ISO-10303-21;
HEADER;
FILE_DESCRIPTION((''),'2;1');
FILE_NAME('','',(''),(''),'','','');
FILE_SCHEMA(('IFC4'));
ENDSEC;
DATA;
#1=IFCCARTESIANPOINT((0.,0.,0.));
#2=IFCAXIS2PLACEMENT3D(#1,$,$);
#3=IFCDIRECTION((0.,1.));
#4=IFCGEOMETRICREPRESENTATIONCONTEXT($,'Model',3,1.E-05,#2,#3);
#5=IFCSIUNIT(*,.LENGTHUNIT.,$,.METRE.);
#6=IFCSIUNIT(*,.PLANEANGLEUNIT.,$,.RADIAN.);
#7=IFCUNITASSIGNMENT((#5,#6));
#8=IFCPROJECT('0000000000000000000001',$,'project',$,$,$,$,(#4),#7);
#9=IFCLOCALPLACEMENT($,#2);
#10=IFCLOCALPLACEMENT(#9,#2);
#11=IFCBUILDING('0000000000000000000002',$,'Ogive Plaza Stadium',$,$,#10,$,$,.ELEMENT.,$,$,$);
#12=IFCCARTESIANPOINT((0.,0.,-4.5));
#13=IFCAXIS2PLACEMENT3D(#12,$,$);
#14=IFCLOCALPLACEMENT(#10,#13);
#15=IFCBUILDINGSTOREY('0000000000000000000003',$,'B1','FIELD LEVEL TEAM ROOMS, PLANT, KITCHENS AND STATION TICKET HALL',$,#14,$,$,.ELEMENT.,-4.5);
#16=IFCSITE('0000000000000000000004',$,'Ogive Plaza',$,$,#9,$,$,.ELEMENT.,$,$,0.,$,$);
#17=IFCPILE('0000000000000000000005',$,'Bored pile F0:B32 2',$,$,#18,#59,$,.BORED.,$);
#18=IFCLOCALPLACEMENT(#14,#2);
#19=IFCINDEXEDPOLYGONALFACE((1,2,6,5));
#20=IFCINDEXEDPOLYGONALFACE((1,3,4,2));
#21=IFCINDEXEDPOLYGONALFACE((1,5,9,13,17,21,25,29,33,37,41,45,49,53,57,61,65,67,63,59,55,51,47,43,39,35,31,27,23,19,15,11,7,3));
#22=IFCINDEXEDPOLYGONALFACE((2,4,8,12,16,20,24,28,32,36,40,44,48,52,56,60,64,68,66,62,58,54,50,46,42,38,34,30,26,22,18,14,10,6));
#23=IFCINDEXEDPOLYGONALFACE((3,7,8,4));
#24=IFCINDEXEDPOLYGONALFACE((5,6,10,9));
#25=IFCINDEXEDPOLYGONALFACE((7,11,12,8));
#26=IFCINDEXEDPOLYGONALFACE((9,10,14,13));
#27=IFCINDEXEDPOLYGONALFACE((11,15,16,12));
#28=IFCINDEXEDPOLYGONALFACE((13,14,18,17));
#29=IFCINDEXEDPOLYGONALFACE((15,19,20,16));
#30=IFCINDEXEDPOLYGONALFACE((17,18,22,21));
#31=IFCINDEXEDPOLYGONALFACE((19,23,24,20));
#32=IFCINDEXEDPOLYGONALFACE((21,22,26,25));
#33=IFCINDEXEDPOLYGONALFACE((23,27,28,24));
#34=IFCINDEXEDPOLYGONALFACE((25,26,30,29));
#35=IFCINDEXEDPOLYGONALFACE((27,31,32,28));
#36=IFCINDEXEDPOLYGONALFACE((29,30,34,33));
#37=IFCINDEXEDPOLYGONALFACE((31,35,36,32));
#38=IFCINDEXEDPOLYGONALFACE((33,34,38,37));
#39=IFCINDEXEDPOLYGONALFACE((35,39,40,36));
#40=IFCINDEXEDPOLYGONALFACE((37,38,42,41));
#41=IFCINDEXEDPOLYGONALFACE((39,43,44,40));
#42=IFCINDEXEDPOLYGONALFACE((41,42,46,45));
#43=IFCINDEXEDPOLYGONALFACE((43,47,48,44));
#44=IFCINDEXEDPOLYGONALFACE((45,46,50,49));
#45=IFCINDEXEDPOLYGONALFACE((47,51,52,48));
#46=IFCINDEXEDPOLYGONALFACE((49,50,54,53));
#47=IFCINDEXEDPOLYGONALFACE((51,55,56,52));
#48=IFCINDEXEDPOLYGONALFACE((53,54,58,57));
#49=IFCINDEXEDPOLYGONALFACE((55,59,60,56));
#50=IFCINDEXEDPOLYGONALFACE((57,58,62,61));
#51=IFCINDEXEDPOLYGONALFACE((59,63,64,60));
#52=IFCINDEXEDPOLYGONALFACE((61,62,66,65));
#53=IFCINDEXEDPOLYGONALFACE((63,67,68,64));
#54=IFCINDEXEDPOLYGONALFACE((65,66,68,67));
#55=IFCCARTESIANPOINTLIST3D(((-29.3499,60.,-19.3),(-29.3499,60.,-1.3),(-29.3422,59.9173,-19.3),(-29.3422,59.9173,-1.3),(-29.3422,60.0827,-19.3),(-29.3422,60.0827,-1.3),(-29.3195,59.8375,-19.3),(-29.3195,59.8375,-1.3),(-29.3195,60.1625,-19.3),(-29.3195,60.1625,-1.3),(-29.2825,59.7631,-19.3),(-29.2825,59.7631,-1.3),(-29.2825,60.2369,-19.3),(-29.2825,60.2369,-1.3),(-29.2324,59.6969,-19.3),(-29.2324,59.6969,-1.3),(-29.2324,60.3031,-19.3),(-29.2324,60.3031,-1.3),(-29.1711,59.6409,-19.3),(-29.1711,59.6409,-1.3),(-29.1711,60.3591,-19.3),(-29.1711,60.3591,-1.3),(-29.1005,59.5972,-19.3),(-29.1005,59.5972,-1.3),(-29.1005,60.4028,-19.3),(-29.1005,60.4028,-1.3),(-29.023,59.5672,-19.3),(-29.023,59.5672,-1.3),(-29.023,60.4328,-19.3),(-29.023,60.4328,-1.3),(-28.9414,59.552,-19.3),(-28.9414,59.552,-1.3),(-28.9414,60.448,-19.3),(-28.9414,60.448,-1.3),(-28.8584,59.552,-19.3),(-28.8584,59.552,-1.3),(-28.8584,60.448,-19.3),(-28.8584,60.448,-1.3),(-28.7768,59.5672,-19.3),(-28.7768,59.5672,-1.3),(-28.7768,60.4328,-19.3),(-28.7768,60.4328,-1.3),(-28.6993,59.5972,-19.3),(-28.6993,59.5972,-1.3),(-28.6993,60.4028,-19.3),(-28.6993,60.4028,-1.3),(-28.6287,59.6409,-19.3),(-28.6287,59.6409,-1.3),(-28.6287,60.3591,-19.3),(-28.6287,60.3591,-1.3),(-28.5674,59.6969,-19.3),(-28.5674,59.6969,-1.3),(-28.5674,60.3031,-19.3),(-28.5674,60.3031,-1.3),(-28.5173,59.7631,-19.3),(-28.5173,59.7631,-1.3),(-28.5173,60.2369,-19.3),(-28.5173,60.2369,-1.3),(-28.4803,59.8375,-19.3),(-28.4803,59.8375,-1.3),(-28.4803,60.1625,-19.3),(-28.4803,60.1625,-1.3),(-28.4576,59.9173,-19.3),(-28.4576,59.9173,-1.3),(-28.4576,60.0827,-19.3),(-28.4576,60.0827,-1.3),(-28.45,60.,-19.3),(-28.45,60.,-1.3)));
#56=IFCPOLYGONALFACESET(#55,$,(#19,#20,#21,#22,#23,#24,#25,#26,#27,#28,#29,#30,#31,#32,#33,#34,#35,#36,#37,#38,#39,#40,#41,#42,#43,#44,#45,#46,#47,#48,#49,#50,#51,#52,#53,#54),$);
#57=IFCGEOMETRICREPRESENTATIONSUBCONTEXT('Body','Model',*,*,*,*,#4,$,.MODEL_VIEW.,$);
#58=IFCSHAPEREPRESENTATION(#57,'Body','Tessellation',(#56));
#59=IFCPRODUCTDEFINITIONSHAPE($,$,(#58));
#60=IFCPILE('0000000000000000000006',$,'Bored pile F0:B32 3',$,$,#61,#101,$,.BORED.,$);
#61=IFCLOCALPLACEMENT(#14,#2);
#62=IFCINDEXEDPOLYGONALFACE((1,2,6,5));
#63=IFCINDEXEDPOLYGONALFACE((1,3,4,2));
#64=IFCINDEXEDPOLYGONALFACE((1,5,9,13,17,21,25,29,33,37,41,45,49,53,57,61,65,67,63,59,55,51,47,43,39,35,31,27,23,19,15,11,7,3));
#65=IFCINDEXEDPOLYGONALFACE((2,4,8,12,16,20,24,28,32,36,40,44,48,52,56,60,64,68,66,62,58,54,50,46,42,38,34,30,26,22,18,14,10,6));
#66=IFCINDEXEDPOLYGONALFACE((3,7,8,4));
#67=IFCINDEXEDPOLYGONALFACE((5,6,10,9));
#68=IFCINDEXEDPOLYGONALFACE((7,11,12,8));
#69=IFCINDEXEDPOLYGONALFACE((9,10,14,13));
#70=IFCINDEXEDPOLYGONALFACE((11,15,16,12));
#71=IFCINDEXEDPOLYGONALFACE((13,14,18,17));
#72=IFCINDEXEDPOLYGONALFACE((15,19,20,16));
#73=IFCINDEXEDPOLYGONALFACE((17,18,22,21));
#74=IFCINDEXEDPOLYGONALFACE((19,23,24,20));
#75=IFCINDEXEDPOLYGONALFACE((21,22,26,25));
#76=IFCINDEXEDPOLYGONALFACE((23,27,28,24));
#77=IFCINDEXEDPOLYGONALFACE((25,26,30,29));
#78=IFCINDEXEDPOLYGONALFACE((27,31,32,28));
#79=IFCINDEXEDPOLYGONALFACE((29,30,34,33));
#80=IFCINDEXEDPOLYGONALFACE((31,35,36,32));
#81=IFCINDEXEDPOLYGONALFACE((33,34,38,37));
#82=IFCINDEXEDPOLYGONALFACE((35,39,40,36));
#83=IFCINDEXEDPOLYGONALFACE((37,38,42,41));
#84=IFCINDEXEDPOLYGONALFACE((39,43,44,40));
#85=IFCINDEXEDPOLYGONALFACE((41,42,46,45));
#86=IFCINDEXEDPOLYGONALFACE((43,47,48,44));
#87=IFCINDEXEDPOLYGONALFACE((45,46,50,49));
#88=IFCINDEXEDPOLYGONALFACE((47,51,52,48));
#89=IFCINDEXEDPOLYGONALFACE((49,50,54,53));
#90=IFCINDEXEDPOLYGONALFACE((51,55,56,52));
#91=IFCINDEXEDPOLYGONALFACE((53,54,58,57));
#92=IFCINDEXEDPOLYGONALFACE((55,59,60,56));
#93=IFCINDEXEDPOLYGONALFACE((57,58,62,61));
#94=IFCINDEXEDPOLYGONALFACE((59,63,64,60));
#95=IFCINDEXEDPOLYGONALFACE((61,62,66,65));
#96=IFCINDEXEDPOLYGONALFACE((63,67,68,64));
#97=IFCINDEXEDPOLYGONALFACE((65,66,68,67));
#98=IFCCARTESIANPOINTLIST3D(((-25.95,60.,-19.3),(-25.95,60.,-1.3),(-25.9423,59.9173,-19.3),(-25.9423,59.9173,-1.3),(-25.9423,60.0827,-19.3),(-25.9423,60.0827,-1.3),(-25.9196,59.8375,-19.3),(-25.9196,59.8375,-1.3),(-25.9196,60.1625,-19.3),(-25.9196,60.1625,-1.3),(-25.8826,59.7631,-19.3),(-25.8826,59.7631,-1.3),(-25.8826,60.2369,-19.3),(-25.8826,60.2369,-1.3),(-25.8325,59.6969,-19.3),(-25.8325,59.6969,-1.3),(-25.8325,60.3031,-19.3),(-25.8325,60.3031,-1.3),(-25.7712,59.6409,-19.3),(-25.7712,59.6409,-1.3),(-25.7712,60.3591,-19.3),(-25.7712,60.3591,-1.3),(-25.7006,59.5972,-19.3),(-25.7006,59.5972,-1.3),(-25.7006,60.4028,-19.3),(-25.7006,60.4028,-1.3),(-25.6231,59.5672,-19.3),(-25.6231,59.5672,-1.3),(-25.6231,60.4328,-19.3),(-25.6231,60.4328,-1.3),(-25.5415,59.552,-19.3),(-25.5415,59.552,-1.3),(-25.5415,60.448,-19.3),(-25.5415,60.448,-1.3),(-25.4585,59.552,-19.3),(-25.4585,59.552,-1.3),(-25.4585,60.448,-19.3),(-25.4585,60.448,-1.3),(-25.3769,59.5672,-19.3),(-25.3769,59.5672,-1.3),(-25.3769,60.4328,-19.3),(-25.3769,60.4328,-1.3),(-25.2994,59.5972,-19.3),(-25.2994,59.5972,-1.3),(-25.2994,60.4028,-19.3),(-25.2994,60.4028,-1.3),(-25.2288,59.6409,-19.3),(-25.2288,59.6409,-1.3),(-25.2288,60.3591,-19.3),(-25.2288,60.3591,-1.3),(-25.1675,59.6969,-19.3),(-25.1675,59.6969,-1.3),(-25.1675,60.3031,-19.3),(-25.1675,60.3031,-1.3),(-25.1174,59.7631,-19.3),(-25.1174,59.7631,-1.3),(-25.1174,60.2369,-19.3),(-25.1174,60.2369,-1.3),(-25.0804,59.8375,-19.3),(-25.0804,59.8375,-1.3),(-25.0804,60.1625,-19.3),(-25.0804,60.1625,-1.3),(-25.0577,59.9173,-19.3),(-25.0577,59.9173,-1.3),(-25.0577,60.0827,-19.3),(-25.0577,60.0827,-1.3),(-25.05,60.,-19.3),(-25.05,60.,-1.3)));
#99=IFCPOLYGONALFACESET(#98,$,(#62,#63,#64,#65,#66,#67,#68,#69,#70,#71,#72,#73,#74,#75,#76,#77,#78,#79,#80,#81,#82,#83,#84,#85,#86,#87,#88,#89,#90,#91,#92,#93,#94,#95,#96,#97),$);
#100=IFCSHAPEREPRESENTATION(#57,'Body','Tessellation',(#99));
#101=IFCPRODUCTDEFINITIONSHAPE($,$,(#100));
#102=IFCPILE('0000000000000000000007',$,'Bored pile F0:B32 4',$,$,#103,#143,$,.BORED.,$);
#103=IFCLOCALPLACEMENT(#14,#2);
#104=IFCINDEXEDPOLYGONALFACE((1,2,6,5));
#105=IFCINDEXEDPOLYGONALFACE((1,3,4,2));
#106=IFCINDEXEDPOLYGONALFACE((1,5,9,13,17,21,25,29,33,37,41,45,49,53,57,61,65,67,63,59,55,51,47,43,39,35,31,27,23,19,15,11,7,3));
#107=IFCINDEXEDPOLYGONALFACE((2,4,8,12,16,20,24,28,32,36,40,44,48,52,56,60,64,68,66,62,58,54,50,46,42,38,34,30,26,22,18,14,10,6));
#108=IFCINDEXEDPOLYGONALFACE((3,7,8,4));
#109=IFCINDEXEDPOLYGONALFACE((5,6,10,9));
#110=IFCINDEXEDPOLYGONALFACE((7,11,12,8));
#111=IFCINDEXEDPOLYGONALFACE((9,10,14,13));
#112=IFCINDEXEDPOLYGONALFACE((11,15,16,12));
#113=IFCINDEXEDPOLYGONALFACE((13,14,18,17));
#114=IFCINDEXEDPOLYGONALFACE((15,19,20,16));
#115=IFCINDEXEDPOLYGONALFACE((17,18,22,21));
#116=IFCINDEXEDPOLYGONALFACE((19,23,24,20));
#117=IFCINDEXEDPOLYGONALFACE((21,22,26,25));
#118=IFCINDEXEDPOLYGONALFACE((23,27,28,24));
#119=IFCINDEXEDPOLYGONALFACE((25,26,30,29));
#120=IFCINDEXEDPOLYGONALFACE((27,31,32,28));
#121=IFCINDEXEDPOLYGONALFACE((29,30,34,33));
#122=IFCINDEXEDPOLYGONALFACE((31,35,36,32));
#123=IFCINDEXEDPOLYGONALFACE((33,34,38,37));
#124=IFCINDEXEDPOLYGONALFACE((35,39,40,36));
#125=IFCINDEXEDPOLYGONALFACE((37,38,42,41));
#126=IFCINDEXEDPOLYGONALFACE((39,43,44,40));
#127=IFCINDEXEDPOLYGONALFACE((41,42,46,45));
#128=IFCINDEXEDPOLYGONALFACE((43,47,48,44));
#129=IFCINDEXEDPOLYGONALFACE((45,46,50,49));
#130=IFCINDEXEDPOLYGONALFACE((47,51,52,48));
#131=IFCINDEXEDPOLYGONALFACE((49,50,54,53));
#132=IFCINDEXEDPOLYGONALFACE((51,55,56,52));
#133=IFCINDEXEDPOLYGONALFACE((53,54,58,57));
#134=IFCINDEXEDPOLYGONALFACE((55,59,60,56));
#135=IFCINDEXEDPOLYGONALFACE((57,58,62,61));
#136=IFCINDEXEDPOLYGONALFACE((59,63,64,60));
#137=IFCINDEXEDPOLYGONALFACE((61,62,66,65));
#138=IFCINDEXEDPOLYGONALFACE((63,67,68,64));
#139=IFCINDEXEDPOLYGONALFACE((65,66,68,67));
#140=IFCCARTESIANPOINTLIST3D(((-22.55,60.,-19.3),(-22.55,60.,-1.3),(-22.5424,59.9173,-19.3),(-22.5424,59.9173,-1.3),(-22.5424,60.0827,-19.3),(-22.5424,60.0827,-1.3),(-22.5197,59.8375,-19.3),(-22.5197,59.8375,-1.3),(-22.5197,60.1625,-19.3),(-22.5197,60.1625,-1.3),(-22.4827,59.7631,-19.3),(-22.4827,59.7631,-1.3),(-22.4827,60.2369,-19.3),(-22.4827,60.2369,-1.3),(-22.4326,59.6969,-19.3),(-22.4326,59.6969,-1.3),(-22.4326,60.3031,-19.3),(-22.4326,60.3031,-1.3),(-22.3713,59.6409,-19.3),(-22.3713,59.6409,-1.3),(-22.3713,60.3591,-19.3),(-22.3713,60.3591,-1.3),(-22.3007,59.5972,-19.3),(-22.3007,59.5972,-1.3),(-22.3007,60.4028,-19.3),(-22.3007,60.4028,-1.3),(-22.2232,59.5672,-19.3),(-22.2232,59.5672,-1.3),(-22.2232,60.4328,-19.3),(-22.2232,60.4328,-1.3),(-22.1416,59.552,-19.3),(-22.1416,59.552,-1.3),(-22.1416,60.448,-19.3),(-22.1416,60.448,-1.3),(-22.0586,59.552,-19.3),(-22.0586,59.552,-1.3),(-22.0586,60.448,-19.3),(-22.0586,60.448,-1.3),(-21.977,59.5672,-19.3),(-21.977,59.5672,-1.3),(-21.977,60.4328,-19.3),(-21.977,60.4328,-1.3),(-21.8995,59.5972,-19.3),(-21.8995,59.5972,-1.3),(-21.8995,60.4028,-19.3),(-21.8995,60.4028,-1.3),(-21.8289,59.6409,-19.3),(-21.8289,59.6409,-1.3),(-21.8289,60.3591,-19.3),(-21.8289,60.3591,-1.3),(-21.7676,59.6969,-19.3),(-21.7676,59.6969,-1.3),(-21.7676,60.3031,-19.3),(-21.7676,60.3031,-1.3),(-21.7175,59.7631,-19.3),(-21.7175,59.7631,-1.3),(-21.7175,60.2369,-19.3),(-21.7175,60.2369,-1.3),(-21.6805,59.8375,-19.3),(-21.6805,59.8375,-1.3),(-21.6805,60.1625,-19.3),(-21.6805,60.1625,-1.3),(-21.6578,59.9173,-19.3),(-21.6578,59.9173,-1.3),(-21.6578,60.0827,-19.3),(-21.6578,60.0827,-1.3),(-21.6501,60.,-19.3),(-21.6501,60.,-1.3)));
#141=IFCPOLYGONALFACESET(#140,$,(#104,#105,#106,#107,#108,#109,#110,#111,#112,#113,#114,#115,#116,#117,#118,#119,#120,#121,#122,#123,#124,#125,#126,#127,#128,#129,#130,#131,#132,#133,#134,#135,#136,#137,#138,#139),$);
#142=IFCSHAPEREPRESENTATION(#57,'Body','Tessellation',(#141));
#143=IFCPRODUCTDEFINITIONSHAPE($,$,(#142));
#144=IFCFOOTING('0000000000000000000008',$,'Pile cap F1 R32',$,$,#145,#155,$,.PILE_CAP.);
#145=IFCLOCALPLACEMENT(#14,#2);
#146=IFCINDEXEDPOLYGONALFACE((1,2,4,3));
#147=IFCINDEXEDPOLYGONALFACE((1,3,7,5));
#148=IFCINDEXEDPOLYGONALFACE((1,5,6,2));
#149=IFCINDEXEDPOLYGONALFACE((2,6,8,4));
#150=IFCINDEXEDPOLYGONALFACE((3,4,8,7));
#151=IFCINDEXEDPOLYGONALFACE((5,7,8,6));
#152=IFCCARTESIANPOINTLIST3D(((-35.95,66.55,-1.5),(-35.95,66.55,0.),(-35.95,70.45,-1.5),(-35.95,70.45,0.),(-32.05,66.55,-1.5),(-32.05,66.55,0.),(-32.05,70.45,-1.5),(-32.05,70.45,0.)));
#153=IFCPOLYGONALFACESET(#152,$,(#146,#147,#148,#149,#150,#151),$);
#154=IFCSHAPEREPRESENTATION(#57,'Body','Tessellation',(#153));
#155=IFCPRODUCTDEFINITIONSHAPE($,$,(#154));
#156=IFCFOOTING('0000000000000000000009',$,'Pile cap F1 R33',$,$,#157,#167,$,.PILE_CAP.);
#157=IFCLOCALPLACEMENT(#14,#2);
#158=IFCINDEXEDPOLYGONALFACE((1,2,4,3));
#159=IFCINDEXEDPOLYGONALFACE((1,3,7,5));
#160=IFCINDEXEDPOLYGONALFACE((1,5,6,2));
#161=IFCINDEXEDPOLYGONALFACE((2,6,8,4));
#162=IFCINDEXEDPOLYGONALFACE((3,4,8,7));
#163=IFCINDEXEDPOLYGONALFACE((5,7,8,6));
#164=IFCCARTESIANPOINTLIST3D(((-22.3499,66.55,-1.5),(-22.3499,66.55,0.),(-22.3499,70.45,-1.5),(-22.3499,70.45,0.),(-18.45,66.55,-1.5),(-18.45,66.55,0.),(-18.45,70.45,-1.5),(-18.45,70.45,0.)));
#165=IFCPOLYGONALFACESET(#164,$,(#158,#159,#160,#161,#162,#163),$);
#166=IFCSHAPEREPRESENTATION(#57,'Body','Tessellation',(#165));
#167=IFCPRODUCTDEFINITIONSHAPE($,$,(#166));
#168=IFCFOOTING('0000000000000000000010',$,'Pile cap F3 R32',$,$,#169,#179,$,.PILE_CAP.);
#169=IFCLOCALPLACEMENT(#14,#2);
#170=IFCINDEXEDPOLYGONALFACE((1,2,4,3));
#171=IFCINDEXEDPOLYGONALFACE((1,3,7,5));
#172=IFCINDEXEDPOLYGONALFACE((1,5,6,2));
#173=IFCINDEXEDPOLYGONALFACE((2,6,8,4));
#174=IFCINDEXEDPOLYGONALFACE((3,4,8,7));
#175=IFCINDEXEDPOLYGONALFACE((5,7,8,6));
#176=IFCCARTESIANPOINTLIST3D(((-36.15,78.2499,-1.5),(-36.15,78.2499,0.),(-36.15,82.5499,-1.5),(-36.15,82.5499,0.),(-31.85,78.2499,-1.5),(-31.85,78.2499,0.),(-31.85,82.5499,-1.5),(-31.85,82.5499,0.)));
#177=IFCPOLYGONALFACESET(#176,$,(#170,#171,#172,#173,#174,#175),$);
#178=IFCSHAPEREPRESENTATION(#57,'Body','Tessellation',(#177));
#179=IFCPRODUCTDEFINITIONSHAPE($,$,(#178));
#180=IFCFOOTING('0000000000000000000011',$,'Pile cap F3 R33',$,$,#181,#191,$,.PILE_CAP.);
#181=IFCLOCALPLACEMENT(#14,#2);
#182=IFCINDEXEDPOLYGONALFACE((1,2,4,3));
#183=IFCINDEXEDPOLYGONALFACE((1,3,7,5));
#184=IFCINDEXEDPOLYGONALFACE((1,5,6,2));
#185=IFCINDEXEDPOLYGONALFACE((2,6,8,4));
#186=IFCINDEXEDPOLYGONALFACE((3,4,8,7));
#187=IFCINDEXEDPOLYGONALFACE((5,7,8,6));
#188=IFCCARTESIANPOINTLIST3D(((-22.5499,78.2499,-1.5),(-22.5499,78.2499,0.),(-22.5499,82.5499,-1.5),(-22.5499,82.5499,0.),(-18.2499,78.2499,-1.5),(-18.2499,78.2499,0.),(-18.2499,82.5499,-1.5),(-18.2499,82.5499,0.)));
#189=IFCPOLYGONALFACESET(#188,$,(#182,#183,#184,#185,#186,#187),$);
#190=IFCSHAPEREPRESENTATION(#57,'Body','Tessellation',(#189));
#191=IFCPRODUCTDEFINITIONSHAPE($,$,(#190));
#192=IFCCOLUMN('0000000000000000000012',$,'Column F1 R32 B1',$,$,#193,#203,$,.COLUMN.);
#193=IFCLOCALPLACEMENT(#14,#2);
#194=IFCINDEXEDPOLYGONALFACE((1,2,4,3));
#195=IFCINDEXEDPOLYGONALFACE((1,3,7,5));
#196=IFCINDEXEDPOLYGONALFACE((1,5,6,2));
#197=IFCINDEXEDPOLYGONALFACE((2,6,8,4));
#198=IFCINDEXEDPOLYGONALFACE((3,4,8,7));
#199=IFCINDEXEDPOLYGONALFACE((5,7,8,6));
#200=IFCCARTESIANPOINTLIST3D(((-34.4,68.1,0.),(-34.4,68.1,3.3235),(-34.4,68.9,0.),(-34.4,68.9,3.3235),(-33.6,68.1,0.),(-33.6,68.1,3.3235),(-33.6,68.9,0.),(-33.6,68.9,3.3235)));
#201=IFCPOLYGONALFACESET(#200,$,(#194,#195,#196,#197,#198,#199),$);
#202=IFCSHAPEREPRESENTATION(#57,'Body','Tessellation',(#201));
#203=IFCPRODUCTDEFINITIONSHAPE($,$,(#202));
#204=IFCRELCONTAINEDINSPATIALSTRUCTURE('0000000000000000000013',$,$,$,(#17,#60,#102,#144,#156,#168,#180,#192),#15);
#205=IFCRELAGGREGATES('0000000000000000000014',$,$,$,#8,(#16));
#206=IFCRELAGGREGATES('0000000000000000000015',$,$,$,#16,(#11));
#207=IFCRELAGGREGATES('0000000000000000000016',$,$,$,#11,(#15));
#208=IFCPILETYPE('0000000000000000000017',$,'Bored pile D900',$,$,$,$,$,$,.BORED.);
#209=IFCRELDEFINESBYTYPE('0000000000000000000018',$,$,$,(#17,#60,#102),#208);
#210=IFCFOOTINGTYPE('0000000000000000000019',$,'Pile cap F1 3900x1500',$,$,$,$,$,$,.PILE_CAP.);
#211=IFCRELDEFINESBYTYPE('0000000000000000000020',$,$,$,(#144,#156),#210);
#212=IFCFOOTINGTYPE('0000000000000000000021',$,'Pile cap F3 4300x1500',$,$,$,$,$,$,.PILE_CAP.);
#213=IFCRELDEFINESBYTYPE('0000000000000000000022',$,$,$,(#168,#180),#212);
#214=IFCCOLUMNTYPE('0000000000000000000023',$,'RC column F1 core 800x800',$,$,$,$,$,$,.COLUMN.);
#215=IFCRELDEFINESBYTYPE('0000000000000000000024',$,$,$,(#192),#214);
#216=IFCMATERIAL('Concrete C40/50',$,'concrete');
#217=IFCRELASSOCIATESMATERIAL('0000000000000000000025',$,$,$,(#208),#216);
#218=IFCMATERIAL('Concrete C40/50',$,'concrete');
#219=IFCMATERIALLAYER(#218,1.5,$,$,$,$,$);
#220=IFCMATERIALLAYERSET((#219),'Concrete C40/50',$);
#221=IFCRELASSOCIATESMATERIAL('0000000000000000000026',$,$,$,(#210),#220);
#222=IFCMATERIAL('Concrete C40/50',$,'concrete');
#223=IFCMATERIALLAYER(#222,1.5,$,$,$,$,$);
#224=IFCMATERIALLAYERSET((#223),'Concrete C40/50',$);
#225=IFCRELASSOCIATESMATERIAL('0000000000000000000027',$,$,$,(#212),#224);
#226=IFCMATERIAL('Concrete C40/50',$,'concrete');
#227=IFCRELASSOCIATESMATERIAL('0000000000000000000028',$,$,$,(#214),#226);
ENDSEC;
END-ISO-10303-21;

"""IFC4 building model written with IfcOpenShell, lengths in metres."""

from ifc_helpers import new_model, si_unit, direction, frame, origin, origin_2d, place, context, subcontext, project, spatial, rectangle, circle, extrude, material, layer, layer_set, material_profile, profile_set, type_object, element, save


model = new_model("IFC4")

# Units and contexts
model_context = context("Model", 3, precision=1e-05, world=origin(), true_north=direction((0.0, 1.0)))
body_context = subcontext(model_context, "Body", "Model", "MODEL_VIEW")
ifc_project = project(units=[si_unit("LENGTHUNIT", "METRE"), si_unit("PLANEANGLEUNIT", "RADIAN")], contexts=[model_context])

# Site, building, storey
site_placement = place(None, origin())
site = spatial("IfcSite", under=ifc_project, at=site_placement, Name="Ogive Plaza", CompositionType="ELEMENT", RefElevation=0.0)
building_placement = place(site_placement, origin())
building = spatial("IfcBuilding", under=site, at=building_placement, Name="Ogive Plaza Stadium", CompositionType="ELEMENT")
storey_placement = place(building_placement, frame((0.0, 0.0, -4.5)))
storey = spatial("IfcBuildingStorey", under=building, at=storey_placement, Name="B1", Description="FIELD LEVEL TEAM ROOMS, PLANT, KITCHENS AND STATION TICKET HALL", CompositionType="ELEMENT", Elevation=-4.5)

# Piles
ifc_material_1 = material(Name="Concrete C40/50", Category="concrete")
ifc_material_profile_1 = material_profile(ifc_material_1, circle(Radius=0.45, at=origin_2d()), Name="RC D900")
ifc_profile_set_1 = profile_set([ifc_material_profile_1], Name="Concrete C40/50")
pile_type_1 = type_object("IfcPileType", Name="Bored pile D900", PredefinedType="BORED", material=ifc_profile_set_1)
for number, where, z_axis, x_axis, name in (
    (1, (-28.8999, 60.0, -1.3), (0.0, 0.0, -1.0), (1.0, 0.0, 0.0), "Bored pile F0:B32 2"),
    (2, (-25.5, 60.0, -1.3), (0.0, 0.0, -1.0), (1.0, 0.0, 0.0), "Bored pile F0:B32 3"),
    (3, (-22.1001, 60.0, -1.3), (0.0, 0.0, -1.0), (1.0, 0.0, 0.0), "Bored pile F0:B32 4"),
):
    element("IfcPile", number, at=place(storey_placement, frame(where, z_axis=z_axis, x_axis=x_axis)), inside=storey, type_object=pile_type_1, Name=name, PredefinedType="BORED", context=body_context, shape_type="SweptSolid", body=[
        extrude(circle(Radius=0.45, at=origin_2d()), origin(), (0.0, 0.0, 1.0), 18.0),
    ])

# Footings
ifc_material_2 = material(Name="Concrete C40/50", Category="concrete")
ifc_layer_1 = layer(ifc_material_2, 1.5)
ifc_layer_set_1 = layer_set([ifc_layer_1], Name="Concrete C40/50")
footing_type_1 = type_object("IfcFootingType", Name="Pile cap F1 3900x1500", PredefinedType="PILE_CAP", material=ifc_layer_set_1)
for number, where, z_axis, x_axis, name in (
    (4, (-34.0, 68.5, -1.5), (0.0, 0.0, 1.0), (0.0, 1.0, 0.0), "Pile cap F1 R32"),
    (5, (-20.3999, 68.5, -1.5), (0.0, 0.0, 1.0), (0.0, 1.0, 0.0), "Pile cap F1 R33"),
):
    element("IfcFooting", number, at=place(storey_placement, frame(where, z_axis=z_axis, x_axis=x_axis)), inside=storey, type_object=footing_type_1, Name=name, PredefinedType="PILE_CAP", context=body_context, shape_type="SweptSolid", body=[
        extrude(rectangle(XDim=3.8999, YDim=3.8999, at=origin_2d()), origin(), (0.0, 0.0, 1.0), 1.5),
    ])
ifc_material_3 = material(Name="Concrete C40/50", Category="concrete")
ifc_layer_2 = layer(ifc_material_3, 1.5)
ifc_layer_set_2 = layer_set([ifc_layer_2], Name="Concrete C40/50")
footing_type_2 = type_object("IfcFootingType", Name="Pile cap F3 4300x1500", PredefinedType="PILE_CAP", material=ifc_layer_set_2)
for number, where, z_axis, x_axis, name in (
    (6, (-34.0, 80.3999, -1.5), (0.0, 0.0, 1.0), (0.0, 1.0, 0.0), "Pile cap F3 R32"),
    (7, (-20.3999, 80.3999, -1.5), (0.0, 0.0, 1.0), (0.0, 1.0, 0.0), "Pile cap F3 R33"),
):
    element("IfcFooting", number, at=place(storey_placement, frame(where, z_axis=z_axis, x_axis=x_axis)), inside=storey, type_object=footing_type_2, Name=name, PredefinedType="PILE_CAP", context=body_context, shape_type="SweptSolid", body=[
        extrude(rectangle(XDim=4.3, YDim=4.3, at=origin_2d()), origin(), (0.0, 0.0, 1.0), 1.5),
    ])

# Column
ifc_material_4 = material(Name="Concrete C40/50", Category="concrete")
ifc_material_profile_2 = material_profile(ifc_material_4, rectangle(XDim=0.8, YDim=0.8, at=origin_2d()), Name="RC 800x800")
ifc_profile_set_2 = profile_set([ifc_material_profile_2], Name="Concrete C40/50")
column_type_1 = type_object("IfcColumnType", Name="RC column F1 core 800x800", PredefinedType="COLUMN", material=ifc_profile_set_2)
column_1_placement = place(storey_placement, frame((-34.0, 68.5, 0.0), z_axis=(0.0, 0.0, 1.0), x_axis=(-1.0, 0.0, 0.0)))
element("IfcColumn", 8, at=column_1_placement, inside=storey, type_object=column_type_1, Name="Column F1 R32 B1", PredefinedType="COLUMN", context=body_context, shape_type="SweptSolid", body=[
    extrude(rectangle(XDim=0.8, YDim=0.8, at=origin_2d()), origin(), (0.0, 0.0, 1.0), 3.3235),
])

save(model, "model.ifc")
